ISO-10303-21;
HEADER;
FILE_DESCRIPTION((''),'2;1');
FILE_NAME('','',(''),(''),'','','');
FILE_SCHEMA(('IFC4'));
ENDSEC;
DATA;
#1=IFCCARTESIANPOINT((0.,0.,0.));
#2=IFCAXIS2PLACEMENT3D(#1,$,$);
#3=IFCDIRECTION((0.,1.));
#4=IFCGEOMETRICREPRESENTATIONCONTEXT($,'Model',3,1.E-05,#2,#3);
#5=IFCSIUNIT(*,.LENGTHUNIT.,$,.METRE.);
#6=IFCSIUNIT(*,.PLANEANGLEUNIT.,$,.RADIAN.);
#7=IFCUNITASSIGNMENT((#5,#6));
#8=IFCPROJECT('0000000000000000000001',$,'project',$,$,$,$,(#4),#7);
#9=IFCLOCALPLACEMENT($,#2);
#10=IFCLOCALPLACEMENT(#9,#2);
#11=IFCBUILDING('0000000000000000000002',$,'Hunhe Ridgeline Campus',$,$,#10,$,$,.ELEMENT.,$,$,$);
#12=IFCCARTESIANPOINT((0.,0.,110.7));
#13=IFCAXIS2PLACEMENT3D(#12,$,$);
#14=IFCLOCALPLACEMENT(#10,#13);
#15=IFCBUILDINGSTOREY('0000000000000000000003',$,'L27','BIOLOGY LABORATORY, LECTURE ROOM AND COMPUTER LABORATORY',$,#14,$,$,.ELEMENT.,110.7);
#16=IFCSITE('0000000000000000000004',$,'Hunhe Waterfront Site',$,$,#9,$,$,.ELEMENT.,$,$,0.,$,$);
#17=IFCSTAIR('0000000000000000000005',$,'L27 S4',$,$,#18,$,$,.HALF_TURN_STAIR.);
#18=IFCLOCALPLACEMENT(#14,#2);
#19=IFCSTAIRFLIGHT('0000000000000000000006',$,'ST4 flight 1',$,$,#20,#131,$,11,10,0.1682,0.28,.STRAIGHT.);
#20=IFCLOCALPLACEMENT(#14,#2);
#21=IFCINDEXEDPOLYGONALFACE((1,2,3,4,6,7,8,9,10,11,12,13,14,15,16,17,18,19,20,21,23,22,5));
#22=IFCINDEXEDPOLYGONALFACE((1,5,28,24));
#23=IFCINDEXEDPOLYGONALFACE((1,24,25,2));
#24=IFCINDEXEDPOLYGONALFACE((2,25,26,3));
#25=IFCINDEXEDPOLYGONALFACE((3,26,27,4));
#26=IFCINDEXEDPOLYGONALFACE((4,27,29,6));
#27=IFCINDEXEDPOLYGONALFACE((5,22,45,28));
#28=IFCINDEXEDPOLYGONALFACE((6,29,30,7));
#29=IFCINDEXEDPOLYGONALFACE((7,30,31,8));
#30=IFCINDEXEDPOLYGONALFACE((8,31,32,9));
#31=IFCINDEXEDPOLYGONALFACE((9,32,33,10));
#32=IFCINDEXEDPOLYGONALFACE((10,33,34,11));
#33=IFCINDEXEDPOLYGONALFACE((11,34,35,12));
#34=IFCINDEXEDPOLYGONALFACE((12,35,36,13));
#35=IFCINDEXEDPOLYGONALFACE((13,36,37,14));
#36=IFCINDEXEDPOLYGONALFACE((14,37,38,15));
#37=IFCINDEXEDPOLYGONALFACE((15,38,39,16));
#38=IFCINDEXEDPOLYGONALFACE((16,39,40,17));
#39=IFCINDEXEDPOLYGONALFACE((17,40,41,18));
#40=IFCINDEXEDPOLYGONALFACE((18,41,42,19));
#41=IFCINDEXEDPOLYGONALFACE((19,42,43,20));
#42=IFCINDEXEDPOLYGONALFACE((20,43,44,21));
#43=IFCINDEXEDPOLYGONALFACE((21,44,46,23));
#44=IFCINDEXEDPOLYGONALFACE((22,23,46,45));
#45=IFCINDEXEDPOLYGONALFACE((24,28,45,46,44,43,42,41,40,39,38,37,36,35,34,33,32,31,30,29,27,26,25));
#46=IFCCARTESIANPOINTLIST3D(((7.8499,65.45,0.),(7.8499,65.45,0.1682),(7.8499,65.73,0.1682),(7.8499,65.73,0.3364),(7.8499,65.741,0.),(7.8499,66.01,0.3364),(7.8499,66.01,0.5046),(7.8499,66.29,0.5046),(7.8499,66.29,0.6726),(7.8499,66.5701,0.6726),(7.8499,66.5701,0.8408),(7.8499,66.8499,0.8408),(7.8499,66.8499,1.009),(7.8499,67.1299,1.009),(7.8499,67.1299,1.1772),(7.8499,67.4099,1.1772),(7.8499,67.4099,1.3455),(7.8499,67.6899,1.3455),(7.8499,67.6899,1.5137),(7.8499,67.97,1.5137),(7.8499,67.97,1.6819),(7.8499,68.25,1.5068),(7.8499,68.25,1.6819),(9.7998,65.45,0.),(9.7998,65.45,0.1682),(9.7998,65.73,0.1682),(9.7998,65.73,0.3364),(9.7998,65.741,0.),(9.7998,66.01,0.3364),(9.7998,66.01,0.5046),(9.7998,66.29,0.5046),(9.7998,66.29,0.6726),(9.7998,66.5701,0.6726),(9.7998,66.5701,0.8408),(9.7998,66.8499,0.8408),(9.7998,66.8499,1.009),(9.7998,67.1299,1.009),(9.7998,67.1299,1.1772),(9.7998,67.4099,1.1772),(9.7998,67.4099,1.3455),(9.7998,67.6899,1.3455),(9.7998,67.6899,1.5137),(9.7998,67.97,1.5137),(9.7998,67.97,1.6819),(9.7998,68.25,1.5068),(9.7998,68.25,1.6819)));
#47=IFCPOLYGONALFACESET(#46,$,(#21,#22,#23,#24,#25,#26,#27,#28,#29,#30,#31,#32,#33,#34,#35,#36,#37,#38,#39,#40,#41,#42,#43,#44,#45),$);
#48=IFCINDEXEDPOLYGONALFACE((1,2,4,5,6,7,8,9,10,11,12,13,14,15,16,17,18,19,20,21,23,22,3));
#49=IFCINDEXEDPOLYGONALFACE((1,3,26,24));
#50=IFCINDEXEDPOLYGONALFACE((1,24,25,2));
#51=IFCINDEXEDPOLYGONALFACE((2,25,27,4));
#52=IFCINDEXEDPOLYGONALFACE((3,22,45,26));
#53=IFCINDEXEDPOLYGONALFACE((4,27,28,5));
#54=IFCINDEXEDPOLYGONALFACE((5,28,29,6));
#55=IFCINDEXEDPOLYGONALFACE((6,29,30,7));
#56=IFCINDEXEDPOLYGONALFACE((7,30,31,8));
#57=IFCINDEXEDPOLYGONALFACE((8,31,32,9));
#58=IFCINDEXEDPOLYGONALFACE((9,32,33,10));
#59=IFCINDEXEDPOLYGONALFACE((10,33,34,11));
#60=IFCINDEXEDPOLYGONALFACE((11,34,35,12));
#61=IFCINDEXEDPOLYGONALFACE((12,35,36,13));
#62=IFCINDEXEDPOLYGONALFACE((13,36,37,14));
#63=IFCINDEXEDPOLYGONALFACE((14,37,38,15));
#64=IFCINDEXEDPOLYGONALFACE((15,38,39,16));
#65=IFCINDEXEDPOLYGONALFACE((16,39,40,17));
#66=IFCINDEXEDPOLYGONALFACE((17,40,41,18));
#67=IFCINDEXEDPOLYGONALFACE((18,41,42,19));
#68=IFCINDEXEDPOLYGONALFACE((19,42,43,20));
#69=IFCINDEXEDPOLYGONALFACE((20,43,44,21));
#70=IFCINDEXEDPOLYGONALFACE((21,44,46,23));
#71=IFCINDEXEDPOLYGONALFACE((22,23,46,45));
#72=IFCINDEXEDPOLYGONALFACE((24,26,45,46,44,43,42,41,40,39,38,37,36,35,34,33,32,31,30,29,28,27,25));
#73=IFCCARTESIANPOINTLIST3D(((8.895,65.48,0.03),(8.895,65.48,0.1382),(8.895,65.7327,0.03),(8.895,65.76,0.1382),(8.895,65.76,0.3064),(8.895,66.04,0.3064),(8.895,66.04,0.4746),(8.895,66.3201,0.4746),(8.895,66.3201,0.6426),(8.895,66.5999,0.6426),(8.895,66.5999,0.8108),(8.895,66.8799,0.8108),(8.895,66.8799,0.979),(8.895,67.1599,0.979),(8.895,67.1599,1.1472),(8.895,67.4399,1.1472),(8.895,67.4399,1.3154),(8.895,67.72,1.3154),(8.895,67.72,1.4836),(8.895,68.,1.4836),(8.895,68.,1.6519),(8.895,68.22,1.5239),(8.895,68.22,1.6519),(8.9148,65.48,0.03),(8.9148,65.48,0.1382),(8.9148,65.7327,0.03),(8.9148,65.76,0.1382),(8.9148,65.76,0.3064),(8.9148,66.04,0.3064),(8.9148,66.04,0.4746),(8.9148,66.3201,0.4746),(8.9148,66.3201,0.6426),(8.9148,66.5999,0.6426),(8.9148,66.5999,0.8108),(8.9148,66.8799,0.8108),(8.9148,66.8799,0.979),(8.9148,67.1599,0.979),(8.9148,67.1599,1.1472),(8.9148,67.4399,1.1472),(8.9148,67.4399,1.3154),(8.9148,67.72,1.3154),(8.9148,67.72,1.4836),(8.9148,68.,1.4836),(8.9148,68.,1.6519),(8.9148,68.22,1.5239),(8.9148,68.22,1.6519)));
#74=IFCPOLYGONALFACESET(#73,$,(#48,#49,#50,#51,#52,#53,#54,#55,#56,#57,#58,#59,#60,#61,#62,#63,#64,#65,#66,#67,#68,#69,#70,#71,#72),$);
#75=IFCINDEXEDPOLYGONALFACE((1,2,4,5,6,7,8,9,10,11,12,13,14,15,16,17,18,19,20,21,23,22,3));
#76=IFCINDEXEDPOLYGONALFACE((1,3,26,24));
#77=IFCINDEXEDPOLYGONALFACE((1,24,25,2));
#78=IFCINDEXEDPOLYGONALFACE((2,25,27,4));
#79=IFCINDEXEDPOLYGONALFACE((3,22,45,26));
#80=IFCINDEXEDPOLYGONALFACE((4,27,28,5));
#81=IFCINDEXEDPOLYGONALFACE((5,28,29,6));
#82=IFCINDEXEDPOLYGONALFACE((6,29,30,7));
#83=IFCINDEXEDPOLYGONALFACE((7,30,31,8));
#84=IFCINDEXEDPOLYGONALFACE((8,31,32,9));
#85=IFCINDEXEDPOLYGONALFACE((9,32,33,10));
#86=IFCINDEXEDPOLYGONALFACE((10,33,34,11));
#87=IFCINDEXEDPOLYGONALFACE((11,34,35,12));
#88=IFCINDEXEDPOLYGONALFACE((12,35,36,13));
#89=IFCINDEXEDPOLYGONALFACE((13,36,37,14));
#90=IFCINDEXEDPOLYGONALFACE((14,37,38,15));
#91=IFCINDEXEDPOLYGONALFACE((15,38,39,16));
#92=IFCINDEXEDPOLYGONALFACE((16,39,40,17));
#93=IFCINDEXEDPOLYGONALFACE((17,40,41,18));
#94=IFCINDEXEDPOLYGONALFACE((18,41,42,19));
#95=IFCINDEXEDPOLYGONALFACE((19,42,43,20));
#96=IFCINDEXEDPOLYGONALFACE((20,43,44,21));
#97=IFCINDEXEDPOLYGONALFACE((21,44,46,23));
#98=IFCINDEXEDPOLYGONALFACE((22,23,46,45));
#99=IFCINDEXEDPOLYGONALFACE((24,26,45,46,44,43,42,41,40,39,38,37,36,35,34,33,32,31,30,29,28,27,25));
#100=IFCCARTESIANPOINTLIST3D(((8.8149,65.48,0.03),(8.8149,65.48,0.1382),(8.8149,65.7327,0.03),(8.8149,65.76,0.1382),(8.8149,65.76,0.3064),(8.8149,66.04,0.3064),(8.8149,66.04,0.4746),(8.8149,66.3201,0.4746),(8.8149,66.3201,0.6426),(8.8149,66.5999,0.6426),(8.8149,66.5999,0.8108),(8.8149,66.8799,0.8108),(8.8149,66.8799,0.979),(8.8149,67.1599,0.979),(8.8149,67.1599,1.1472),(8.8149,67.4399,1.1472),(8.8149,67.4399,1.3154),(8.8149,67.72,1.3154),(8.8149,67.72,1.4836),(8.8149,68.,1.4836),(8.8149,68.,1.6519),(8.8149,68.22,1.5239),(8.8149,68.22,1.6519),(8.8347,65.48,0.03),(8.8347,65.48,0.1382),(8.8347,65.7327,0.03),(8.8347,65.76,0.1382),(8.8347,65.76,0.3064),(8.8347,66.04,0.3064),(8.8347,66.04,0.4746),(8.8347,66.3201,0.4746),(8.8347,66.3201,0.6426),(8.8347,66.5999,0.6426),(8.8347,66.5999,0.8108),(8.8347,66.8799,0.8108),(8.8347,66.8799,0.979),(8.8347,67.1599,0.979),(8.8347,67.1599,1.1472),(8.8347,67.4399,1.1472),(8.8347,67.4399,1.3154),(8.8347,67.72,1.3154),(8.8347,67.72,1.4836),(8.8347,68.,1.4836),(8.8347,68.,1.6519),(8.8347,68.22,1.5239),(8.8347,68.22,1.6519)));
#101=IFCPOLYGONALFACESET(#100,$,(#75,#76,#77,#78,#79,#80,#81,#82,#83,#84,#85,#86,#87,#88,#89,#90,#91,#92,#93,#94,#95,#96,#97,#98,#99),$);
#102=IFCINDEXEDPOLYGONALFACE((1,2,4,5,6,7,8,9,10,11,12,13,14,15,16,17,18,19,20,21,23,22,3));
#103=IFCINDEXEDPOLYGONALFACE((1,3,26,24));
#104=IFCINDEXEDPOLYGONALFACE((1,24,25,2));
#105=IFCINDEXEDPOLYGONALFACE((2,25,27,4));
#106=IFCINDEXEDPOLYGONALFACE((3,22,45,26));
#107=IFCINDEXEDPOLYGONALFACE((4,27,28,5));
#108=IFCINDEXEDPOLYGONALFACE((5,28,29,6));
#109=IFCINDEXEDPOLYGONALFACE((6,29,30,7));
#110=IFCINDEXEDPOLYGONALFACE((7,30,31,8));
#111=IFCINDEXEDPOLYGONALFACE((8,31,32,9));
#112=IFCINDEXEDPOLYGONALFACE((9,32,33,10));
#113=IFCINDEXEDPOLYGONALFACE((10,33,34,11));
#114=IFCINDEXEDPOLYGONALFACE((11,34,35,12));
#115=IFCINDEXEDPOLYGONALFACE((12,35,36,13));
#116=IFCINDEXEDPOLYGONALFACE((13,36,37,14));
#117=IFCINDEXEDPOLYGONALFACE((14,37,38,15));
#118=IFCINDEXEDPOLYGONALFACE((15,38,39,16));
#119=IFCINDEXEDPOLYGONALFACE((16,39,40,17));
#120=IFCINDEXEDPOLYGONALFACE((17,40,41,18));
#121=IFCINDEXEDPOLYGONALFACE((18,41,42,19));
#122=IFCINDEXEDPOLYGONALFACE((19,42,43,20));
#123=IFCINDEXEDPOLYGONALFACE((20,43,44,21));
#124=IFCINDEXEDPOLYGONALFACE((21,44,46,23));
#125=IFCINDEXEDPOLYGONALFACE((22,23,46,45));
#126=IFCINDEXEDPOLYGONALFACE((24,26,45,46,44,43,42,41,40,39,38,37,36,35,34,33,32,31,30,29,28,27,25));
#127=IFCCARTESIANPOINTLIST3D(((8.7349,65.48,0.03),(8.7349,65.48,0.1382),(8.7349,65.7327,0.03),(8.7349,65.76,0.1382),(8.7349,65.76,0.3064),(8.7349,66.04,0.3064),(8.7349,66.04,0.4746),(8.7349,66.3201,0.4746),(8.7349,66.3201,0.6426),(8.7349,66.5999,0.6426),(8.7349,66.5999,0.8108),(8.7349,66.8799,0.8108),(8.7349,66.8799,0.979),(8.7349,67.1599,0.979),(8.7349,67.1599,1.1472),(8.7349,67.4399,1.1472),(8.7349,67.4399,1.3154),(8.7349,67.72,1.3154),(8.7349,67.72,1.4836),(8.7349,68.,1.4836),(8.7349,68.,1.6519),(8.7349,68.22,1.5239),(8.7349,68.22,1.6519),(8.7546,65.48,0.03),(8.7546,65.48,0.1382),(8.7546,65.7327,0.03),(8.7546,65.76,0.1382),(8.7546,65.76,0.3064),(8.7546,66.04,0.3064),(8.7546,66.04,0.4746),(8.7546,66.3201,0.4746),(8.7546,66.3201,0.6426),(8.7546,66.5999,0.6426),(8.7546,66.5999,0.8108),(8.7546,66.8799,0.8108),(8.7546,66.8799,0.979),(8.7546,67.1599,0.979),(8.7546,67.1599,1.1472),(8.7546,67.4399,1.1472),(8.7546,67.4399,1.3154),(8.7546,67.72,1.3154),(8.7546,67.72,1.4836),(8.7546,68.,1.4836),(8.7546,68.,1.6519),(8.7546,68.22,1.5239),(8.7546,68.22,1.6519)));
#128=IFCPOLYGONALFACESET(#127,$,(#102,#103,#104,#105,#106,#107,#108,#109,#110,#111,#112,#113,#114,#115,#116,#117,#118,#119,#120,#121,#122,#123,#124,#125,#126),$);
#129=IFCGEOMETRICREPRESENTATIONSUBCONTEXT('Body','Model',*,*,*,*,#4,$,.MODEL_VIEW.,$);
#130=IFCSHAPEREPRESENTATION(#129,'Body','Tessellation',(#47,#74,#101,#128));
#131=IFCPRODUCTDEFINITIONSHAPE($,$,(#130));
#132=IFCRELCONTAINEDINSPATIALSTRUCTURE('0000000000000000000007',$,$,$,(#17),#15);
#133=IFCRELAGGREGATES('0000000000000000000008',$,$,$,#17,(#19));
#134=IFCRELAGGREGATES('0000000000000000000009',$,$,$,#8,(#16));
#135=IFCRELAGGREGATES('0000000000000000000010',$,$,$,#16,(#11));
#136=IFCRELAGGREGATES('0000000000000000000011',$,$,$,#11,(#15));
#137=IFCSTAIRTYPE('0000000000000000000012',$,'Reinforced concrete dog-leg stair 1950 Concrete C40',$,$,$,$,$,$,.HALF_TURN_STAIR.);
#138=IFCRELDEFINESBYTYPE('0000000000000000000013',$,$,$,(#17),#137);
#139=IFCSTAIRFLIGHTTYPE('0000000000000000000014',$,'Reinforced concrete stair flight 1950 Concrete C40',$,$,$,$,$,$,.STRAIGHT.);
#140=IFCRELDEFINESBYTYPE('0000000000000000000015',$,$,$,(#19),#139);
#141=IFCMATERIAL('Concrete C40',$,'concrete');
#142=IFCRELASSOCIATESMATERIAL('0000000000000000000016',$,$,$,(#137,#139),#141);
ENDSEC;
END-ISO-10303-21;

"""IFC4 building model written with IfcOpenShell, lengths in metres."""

from ifc_helpers import new_model, si_unit, direction, frame, origin, place, context, subcontext, project, spatial, polyline, outline, extrude, material, type_object, element, aggregate, save


model = new_model("IFC4")

# Units and contexts
model_context = context("Model", 3, precision=1e-05, world=origin(), true_north=direction((0.0, 1.0)))
body_context = subcontext(model_context, "Body", "Model", "MODEL_VIEW")
ifc_project = project(units=[si_unit("LENGTHUNIT", "METRE"), si_unit("PLANEANGLEUNIT", "RADIAN")], contexts=[model_context])

# Site, building, storey
site_placement = place(None, origin())
site = spatial("IfcSite", under=ifc_project, at=site_placement, Name="Hunhe Waterfront Site", CompositionType="ELEMENT", RefElevation=0.0)
building_placement = place(site_placement, origin())
building = spatial("IfcBuilding", under=site, at=building_placement, Name="Hunhe Ridgeline Campus", CompositionType="ELEMENT")
storey_placement = place(building_placement, frame((0.0, 0.0, 110.7)))
storey = spatial("IfcBuildingStorey", under=building, at=storey_placement, Name="L27", Description="BIOLOGY LABORATORY, LECTURE ROOM AND COMPUTER LABORATORY", CompositionType="ELEMENT", Elevation=110.7)

# Stair, stair flight
ifc_material_1 = material(Name="Concrete C40", Category="concrete")
stair_type = type_object("IfcStairType", Name="Reinforced concrete dog-leg stair 1950 Concrete C40", PredefinedType="HALF_TURN_STAIR", material=ifc_material_1)
stair_1_placement = place(storey_placement, origin())
stair_1 = element("IfcStair", 1, at=stair_1_placement, inside=storey, type_object=stair_type, Name="L27 S4", PredefinedType="HALF_TURN_STAIR")
stair_flight_type = type_object("IfcStairFlightType", Name="Reinforced concrete stair flight 1950 Concrete C40", PredefinedType="STRAIGHT", material=ifc_material_1)
stair_flight_1_placement = place(storey_placement, frame((8.825, 65.45, 0.0), z_axis=(0.0, 0.0, 1.0), x_axis=(0.0, 1.0, 0.0)))
stair_flight_1 = element("IfcStairFlight", 2, at=stair_flight_1_placement, type_object=stair_flight_type, Name="ST4 flight 1", NumberOfRisers=11, NumberOfTreads=10, PredefinedType="STRAIGHT", RiserHeight=0.1682, TreadLength=0.28, context=body_context, shape_type="SweptSolid", body=[
    extrude(outline(polyline([(0.0, 0.0), (0.0, 0.1682), (0.28, 0.1682), (0.28, 0.3364), (0.5601, 0.3364), (0.5601, 0.5046), (0.8401, 0.5046), (0.8401, 0.6726), (1.1201, 0.6726), (1.1201, 0.8408), (1.3999, 0.8408), (1.3999, 1.009), (1.6799, 1.009), (1.6799, 1.1772), (1.96, 1.1772), (1.96, 1.3455), (2.24, 1.3455), (2.24, 1.5137), (2.52, 1.5137), (2.52, 1.6819), (2.8, 1.6819), (2.8, 1.8501), (2.8, 1.5068), (0.291, 0.0), (0.0, 0.0)])), frame((0.0, 0.9751, 0.0), z_axis=(0.0, -1.0, 0.0), x_axis=(1.0, 0.0, 0.0)), (0.0, 0.0, 1.0), 1.95),
    extrude(outline(polyline([(0.03, 0.03), (0.03, 0.1382), (0.3101, 0.1382), (0.3101, 0.3064), (0.5901, 0.3064), (0.5901, 0.4746), (0.8701, 0.4746), (0.8701, 0.6426), (1.1499, 0.6426), (1.1499, 0.8108), (1.4299, 0.8108), (1.4299, 0.979), (1.71, 0.979), (1.71, 1.1472), (1.99, 1.1472), (1.99, 1.3154), (2.27, 1.3154), (2.27, 1.4836), (2.55, 1.4836), (2.55, 1.6519), (2.77, 1.6519), (2.77, 1.5239), (0.2827, 0.03), (0.03, 0.03)])), frame((0.0, -0.0701, 0.0), z_axis=(0.0, -1.0, 0.0), x_axis=(1.0, 0.0, 0.0)), (0.0, 0.0, 1.0), 0.0198),
    extrude(outline(polyline([(0.03, 0.03), (0.03, 0.1382), (0.3101, 0.1382), (0.3101, 0.3064), (0.5901, 0.3064), (0.5901, 0.4746), (0.8701, 0.4746), (0.8701, 0.6426), (1.1499, 0.6426), (1.1499, 0.8108), (1.4299, 0.8108), (1.4299, 0.979), (1.71, 0.979), (1.71, 1.1472), (1.99, 1.1472), (1.99, 1.3154), (2.27, 1.3154), (2.27, 1.4836), (2.55, 1.4836), (2.55, 1.6519), (2.77, 1.6519), (2.77, 1.5239), (0.2827, 0.03), (0.03, 0.03)])), frame((0.0, 0.01, 0.0), z_axis=(0.0, -1.0, 0.0), x_axis=(1.0, 0.0, 0.0)), (0.0, 0.0, 1.0), 0.0198),
    extrude(outline(polyline([(0.03, 0.03), (0.03, 0.1382), (0.3101, 0.1382), (0.3101, 0.3064), (0.5901, 0.3064), (0.5901, 0.4746), (0.8701, 0.4746), (0.8701, 0.6426), (1.1499, 0.6426), (1.1499, 0.8108), (1.4299, 0.8108), (1.4299, 0.979), (1.71, 0.979), (1.71, 1.1472), (1.99, 1.1472), (1.99, 1.3154), (2.27, 1.3154), (2.27, 1.4836), (2.55, 1.4836), (2.55, 1.6519), (2.77, 1.6519), (2.77, 1.5239), (0.2827, 0.03), (0.03, 0.03)])), frame((0.0, 0.0901, 0.0), z_axis=(0.0, -1.0, 0.0), x_axis=(1.0, 0.0, 0.0)), (0.0, 0.0, 1.0), 0.0198),
])
aggregate(stair_1, [stair_flight_1])

save(model, "model.ifc")
